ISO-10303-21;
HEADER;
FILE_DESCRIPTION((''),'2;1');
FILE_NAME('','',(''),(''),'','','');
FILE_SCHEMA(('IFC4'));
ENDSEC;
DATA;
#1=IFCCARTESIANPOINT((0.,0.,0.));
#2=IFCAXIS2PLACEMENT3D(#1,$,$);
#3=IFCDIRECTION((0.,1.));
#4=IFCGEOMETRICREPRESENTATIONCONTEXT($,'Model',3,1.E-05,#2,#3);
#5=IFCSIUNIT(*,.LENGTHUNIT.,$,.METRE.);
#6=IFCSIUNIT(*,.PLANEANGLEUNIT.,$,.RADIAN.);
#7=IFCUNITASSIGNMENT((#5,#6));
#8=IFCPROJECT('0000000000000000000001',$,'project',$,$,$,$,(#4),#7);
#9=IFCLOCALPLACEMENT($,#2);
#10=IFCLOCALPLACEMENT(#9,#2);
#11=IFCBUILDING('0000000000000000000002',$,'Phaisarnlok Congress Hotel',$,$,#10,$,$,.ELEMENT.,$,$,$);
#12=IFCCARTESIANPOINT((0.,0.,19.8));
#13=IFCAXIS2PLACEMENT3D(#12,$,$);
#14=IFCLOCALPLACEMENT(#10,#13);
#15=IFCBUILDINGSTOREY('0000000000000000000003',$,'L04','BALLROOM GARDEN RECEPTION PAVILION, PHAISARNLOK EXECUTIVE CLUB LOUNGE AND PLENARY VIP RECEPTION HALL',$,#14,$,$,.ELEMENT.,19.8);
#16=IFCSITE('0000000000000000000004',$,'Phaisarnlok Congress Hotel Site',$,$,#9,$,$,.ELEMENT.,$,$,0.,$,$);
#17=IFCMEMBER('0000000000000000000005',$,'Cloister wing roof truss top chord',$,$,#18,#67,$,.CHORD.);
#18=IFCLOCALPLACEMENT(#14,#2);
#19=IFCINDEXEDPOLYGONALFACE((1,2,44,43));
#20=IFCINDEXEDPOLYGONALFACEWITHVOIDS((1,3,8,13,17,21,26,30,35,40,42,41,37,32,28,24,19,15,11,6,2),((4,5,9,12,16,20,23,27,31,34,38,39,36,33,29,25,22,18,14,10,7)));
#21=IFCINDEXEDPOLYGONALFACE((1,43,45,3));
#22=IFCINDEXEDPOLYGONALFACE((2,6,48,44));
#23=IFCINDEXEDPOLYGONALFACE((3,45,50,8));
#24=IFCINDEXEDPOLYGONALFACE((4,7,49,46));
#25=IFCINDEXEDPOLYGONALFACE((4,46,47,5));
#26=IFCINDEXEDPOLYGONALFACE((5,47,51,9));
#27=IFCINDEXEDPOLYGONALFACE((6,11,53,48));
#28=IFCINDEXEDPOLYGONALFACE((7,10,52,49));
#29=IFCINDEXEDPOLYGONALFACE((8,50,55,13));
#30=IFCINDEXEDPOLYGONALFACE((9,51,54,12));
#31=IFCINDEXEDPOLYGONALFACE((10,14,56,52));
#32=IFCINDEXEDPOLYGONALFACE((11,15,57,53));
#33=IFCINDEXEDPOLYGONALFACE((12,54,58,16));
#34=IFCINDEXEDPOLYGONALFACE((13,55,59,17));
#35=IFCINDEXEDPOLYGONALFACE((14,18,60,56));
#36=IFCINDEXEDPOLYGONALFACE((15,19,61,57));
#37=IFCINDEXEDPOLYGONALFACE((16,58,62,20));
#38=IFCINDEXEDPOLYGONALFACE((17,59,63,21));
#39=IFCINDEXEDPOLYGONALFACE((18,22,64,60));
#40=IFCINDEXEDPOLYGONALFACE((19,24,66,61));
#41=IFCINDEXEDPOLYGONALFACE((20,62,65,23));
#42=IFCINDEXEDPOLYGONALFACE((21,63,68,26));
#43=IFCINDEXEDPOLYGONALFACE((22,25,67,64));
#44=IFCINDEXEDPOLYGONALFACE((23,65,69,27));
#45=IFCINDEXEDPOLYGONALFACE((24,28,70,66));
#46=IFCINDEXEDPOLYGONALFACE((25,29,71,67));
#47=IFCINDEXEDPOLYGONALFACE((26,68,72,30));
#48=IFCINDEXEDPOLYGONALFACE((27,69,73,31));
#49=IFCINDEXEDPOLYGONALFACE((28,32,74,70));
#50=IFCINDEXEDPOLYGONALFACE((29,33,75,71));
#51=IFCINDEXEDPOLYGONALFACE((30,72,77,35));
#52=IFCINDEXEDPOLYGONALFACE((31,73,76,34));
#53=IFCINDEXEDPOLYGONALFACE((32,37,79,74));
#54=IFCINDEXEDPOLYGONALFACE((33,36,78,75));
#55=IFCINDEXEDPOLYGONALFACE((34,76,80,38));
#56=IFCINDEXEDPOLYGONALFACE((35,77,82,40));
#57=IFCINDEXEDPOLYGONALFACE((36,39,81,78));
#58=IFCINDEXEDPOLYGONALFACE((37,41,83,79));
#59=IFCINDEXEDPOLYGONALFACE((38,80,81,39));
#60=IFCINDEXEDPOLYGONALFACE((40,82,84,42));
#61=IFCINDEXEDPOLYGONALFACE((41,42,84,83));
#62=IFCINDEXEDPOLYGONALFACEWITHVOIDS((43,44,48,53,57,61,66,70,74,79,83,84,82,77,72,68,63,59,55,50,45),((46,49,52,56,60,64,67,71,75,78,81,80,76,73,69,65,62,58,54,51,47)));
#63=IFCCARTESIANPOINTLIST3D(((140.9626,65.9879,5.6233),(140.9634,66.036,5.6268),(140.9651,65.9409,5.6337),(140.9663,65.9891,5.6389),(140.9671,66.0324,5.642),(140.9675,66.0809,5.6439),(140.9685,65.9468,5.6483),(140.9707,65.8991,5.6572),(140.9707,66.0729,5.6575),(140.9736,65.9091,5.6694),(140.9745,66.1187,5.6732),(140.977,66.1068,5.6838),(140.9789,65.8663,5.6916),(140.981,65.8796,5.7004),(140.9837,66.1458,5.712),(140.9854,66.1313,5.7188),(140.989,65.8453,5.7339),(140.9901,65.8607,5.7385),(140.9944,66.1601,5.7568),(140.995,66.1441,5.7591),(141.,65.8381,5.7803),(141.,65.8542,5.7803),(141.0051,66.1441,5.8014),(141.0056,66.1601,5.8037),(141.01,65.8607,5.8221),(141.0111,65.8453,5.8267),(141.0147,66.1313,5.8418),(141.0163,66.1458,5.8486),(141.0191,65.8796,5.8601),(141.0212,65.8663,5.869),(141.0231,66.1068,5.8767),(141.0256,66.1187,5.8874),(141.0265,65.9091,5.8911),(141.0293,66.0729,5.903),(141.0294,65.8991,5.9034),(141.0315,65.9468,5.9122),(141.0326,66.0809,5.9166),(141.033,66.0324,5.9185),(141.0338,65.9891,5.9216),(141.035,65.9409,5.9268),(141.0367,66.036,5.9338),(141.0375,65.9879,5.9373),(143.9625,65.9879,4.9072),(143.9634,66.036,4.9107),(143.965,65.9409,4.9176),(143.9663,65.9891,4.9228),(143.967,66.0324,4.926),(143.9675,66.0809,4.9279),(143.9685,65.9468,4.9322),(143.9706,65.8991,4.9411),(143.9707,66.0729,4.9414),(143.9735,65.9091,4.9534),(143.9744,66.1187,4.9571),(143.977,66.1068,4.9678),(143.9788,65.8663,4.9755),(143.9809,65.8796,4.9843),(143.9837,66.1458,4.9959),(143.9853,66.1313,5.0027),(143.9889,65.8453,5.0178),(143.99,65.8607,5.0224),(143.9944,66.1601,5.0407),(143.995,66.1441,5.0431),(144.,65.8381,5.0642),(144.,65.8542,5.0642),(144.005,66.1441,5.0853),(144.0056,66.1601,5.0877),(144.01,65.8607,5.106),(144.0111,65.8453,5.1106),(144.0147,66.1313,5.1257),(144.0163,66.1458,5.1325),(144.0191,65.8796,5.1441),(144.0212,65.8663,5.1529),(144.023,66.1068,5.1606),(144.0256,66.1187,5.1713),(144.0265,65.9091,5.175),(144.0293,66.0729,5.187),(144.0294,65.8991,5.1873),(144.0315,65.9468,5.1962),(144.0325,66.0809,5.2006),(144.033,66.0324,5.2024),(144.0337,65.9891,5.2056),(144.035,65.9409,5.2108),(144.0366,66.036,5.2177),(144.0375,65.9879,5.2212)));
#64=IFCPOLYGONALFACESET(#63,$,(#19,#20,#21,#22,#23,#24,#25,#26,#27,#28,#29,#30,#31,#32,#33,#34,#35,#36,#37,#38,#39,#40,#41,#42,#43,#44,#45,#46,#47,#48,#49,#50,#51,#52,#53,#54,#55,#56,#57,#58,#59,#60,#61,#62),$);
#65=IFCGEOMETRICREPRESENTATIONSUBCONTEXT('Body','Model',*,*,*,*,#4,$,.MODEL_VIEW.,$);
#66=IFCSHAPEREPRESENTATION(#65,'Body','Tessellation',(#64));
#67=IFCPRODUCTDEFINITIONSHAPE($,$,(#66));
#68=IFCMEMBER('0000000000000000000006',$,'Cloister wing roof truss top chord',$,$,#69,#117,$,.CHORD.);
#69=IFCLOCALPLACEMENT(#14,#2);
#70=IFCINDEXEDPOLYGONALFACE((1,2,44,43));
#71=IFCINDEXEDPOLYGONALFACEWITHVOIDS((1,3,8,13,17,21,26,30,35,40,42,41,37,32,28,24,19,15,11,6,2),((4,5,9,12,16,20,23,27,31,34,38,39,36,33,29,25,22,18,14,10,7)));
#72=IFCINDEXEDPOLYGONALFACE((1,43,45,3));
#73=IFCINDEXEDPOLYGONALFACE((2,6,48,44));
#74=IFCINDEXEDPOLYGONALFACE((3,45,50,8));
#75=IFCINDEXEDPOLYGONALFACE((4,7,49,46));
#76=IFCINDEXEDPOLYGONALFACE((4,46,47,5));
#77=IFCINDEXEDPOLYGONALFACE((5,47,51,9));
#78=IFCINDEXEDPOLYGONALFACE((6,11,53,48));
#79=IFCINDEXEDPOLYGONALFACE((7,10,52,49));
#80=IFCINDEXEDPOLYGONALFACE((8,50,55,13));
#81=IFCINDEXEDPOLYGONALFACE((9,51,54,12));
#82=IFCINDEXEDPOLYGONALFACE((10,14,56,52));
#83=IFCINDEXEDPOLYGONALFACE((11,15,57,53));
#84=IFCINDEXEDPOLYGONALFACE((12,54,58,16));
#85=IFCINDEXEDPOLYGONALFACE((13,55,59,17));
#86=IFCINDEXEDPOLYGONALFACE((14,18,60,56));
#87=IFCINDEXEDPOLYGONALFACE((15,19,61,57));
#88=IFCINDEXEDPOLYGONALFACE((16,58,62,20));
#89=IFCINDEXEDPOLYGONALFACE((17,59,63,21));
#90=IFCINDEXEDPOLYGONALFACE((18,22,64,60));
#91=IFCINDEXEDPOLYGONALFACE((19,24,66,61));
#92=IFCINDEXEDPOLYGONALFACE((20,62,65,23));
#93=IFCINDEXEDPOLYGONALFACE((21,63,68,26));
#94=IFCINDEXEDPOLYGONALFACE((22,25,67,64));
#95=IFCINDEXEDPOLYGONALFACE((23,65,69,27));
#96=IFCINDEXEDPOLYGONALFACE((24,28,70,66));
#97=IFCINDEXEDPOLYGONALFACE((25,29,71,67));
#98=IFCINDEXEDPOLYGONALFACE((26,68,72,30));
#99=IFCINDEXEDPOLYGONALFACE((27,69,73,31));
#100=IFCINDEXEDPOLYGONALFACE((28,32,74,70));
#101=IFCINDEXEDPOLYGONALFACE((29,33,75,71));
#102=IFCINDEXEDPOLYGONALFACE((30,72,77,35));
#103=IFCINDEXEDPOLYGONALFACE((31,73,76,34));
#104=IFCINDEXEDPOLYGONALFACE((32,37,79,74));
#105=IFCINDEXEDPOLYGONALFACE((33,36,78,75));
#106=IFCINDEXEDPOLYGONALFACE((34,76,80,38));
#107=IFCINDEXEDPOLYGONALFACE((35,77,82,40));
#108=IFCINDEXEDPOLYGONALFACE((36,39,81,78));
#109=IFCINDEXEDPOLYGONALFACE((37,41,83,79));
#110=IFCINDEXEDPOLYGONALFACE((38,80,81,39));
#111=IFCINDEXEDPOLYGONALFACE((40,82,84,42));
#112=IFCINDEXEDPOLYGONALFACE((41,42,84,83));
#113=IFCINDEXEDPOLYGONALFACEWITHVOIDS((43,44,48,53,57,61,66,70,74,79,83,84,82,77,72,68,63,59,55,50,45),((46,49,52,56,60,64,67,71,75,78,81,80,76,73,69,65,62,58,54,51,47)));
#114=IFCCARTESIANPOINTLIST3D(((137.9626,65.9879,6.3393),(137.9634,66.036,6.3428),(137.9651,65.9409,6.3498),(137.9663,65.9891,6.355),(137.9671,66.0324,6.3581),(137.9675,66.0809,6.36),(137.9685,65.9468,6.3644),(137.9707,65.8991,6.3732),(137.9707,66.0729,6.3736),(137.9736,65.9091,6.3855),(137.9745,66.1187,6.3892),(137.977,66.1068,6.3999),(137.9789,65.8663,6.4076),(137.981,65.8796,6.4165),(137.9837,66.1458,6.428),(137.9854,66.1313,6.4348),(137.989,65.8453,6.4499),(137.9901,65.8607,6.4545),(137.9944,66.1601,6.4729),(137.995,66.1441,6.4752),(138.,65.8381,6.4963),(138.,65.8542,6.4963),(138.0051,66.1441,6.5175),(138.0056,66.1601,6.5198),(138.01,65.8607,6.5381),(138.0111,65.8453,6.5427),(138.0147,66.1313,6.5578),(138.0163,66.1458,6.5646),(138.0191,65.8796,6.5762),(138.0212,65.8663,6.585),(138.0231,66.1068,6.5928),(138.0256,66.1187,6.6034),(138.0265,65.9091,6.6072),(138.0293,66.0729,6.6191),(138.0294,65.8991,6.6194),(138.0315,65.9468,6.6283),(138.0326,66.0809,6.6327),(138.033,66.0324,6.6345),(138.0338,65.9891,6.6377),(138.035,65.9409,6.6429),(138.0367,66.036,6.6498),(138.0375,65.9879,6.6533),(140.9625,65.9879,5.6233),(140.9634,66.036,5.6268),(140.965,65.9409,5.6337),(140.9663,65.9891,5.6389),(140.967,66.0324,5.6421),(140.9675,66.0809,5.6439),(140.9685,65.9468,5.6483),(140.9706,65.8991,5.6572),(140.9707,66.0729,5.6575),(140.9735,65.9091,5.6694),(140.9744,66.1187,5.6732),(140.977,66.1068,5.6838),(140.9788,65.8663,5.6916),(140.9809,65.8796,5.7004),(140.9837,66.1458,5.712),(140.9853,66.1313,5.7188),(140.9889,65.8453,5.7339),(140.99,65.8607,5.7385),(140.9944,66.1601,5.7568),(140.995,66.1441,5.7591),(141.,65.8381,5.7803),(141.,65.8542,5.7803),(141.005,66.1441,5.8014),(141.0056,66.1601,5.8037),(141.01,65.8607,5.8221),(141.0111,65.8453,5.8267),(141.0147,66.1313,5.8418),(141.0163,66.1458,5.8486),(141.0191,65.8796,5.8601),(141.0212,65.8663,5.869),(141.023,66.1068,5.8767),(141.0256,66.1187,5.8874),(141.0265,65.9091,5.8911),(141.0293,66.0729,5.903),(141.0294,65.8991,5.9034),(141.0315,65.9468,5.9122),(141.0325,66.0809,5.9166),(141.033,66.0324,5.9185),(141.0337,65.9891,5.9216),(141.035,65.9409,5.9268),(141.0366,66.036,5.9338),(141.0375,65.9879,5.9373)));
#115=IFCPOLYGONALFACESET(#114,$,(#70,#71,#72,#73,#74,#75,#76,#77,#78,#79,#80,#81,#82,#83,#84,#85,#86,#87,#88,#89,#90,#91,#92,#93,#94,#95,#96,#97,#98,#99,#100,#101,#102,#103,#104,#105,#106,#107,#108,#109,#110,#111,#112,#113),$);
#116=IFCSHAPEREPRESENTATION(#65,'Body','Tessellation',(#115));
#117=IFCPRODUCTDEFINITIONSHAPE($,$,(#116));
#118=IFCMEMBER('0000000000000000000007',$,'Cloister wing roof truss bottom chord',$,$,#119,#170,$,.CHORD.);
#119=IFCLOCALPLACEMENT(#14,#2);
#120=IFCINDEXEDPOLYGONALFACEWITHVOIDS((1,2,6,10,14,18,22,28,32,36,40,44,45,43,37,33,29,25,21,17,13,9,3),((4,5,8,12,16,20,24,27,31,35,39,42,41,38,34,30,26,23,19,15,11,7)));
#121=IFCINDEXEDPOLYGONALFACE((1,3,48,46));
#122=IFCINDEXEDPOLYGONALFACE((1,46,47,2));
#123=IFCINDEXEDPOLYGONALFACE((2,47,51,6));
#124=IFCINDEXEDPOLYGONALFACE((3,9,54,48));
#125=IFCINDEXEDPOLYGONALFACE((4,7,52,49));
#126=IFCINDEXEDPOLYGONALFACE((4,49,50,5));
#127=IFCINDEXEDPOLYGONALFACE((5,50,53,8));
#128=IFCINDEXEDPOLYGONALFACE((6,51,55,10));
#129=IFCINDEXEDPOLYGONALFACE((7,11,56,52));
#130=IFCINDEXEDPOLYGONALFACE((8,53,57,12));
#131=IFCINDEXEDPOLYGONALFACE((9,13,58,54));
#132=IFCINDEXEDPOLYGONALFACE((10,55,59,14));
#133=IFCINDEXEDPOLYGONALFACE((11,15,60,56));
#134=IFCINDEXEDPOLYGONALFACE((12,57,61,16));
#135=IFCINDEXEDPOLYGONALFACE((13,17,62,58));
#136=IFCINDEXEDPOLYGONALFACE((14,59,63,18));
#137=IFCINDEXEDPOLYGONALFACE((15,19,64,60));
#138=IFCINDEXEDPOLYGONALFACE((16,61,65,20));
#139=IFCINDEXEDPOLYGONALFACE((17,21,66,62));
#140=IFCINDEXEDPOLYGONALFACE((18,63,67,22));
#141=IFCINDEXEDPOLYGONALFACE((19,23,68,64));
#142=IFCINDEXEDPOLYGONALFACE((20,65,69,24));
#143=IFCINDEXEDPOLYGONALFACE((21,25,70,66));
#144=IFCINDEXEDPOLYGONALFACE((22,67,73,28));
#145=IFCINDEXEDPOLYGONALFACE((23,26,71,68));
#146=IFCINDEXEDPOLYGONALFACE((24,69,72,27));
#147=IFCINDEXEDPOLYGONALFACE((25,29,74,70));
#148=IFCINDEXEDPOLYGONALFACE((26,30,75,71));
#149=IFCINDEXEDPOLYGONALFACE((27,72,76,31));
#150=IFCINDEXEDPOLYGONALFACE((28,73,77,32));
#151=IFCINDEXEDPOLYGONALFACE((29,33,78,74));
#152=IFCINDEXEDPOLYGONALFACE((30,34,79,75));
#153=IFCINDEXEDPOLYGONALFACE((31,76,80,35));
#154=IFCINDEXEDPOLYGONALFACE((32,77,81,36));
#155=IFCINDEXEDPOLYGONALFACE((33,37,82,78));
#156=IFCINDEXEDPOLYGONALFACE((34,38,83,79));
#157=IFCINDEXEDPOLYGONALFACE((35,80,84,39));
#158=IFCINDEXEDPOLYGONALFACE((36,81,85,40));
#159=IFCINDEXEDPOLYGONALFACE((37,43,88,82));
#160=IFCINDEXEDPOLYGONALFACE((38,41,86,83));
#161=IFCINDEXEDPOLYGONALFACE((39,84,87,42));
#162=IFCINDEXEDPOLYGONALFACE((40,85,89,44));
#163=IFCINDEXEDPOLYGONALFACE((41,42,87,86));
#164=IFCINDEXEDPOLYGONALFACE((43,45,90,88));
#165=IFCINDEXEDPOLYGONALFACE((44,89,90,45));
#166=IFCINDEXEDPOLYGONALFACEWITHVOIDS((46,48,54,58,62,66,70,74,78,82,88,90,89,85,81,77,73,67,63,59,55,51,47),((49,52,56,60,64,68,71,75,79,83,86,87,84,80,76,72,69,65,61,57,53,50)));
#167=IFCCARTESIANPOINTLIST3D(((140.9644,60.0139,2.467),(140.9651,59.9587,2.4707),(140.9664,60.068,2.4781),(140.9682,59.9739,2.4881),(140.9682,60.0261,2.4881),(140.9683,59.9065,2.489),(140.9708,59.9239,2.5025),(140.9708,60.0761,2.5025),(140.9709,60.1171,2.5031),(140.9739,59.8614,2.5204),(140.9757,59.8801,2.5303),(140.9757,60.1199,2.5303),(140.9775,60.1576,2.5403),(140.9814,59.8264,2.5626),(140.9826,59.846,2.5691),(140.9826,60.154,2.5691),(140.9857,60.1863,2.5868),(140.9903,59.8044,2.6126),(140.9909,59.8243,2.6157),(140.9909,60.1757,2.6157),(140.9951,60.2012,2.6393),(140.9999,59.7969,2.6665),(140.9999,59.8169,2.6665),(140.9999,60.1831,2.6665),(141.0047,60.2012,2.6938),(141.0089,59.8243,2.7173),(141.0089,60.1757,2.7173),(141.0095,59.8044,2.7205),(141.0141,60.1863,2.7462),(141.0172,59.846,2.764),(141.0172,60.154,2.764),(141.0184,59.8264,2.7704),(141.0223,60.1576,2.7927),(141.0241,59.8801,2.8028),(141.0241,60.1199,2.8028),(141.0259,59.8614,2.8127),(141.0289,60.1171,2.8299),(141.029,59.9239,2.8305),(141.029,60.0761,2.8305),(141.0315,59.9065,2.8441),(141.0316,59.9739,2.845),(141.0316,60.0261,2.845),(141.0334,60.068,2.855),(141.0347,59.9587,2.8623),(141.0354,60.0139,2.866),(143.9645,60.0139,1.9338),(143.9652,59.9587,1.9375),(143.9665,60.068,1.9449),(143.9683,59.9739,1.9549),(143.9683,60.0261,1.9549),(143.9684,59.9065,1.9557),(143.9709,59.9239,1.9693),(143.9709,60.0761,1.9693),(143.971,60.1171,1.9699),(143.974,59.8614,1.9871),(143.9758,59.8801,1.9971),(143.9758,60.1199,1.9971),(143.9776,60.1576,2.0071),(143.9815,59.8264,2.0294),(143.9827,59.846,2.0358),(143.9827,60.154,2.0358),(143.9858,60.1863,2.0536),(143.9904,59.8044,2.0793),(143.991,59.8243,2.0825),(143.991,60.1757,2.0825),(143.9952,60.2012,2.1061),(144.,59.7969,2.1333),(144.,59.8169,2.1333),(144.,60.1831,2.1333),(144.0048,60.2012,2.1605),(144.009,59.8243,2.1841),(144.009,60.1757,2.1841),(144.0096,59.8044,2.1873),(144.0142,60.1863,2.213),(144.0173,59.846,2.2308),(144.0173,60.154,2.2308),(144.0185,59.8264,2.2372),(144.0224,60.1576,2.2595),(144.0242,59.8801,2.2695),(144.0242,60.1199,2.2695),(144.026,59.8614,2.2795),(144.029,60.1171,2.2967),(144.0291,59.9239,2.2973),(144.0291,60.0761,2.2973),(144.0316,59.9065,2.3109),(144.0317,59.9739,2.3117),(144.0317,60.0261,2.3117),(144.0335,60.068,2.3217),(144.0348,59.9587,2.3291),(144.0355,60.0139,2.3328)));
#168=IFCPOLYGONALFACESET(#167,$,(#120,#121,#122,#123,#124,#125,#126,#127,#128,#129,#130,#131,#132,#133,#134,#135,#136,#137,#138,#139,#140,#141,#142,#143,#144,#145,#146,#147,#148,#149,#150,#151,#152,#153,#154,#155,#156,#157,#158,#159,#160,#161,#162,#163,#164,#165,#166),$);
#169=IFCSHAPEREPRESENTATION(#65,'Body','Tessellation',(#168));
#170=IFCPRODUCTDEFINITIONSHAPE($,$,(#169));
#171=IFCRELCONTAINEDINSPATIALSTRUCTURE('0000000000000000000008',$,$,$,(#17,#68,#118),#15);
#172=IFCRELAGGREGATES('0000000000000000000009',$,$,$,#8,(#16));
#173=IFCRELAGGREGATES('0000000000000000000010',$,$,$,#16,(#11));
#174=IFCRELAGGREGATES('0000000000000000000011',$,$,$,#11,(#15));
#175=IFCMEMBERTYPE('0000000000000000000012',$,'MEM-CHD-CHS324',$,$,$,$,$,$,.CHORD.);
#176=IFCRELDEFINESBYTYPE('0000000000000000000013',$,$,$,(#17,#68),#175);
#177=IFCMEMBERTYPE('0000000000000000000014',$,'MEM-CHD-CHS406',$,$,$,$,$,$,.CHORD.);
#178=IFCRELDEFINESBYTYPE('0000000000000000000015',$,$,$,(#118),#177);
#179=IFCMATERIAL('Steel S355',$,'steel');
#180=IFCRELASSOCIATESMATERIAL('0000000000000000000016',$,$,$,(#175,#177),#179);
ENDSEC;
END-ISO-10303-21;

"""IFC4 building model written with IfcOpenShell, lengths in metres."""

from ifc_helpers import new_model, si_unit, direction, frame, origin, origin_2d, place, context, subcontext, project, spatial, hollow_circle, extrude, material, material_profile, profile_set, type_object, element, save


model = new_model("IFC4")

# Units and contexts
model_context = context("Model", 3, precision=1e-05, world=origin(), true_north=direction((0.0, 1.0)))
body_context = subcontext(model_context, "Body", "Model", "MODEL_VIEW")
ifc_project = project(units=[si_unit("LENGTHUNIT", "METRE"), si_unit("PLANEANGLEUNIT", "RADIAN")], contexts=[model_context])

# Site, building, storey
site_placement = place(None, origin())
site = spatial("IfcSite", under=ifc_project, at=site_placement, Name="Phaisarnlok Congress Hotel Site", CompositionType="ELEMENT", RefElevation=0.0)
building_placement = place(site_placement, origin())
building = spatial("IfcBuilding", under=site, at=building_placement, Name="Phaisarnlok Congress Hotel", CompositionType="ELEMENT")
storey_placement = place(building_placement, frame((0.0, 0.0, 19.8)))
storey = spatial("IfcBuildingStorey", under=building, at=storey_placement, Name="L04", Description="BALLROOM GARDEN RECEPTION PAVILION, PHAISARNLOK EXECUTIVE CLUB LOUNGE AND PLENARY VIP RECEPTION HALL", CompositionType="ELEMENT", Elevation=19.8)

# Shared definitions
ifc_material = material(Name="Steel S355", Category="steel")

# Members
ifc_material_profile_1 = material_profile(ifc_material, hollow_circle(Radius=0.1619, WallThickness=0.0161, at=origin_2d()), Name="CHS 323.9x16")
ifc_profile_set_1 = profile_set([ifc_material_profile_1], Name="Steel S355")
member_type_1 = type_object("IfcMemberType", Name="MEM-CHD-CHS324", PredefinedType="CHORD", material=ifc_profile_set_1)
for number, where, z_axis, x_axis, name in (
    (1, (144.0, 66.0, 5.0642), (-0.972676, 0.0, 0.232166), (0.0, -1.0, 0.0), "Cloister wing roof truss top chord"),
    (2, (141.0, 66.0, 5.7803), (-0.972676, 0.0, 0.232166), (0.0, -1.0, 0.0), "Cloister wing roof truss top chord"),
):
    element("IfcMember", number, at=place(storey_placement, frame(where, z_axis=z_axis, x_axis=x_axis)), inside=storey, type_object=member_type_1, Name=name, PredefinedType="CHORD", context=body_context, shape_type="SweptSolid", body=[
        extrude(hollow_circle(Radius=0.1619, WallThickness=0.0161, at=origin_2d()), origin(), (0.0, 0.0, 1.0), 3.0842),
    ])
ifc_material_profile_2 = material_profile(ifc_material, hollow_circle(Radius=0.2031, WallThickness=0.02, at=origin_2d()), Name="CHS 406.4x20")
ifc_profile_set_2 = profile_set([ifc_material_profile_2], Name="Steel S355")
member_type_2 = type_object("IfcMemberType", Name="MEM-CHD-CHS406", PredefinedType="CHORD", material=ifc_profile_set_2)
for number, where, z_axis, x_axis, name in (
    (3, (144.0, 60.0, 2.1333), (-0.98457, 0.0, 0.174992), (0.0, -1.0, 0.0), "Cloister wing roof truss bottom chord"),
):
    element("IfcMember", number, at=place(storey_placement, frame(where, z_axis=z_axis, x_axis=x_axis)), inside=storey, type_object=member_type_2, Name=name, PredefinedType="CHORD", context=body_context, shape_type="SweptSolid", body=[
        extrude(hollow_circle(Radius=0.2031, WallThickness=0.02, at=origin_2d()), origin(), (0.0, 0.0, 1.0), 3.0471),
    ])

save(model, "model.ifc")
